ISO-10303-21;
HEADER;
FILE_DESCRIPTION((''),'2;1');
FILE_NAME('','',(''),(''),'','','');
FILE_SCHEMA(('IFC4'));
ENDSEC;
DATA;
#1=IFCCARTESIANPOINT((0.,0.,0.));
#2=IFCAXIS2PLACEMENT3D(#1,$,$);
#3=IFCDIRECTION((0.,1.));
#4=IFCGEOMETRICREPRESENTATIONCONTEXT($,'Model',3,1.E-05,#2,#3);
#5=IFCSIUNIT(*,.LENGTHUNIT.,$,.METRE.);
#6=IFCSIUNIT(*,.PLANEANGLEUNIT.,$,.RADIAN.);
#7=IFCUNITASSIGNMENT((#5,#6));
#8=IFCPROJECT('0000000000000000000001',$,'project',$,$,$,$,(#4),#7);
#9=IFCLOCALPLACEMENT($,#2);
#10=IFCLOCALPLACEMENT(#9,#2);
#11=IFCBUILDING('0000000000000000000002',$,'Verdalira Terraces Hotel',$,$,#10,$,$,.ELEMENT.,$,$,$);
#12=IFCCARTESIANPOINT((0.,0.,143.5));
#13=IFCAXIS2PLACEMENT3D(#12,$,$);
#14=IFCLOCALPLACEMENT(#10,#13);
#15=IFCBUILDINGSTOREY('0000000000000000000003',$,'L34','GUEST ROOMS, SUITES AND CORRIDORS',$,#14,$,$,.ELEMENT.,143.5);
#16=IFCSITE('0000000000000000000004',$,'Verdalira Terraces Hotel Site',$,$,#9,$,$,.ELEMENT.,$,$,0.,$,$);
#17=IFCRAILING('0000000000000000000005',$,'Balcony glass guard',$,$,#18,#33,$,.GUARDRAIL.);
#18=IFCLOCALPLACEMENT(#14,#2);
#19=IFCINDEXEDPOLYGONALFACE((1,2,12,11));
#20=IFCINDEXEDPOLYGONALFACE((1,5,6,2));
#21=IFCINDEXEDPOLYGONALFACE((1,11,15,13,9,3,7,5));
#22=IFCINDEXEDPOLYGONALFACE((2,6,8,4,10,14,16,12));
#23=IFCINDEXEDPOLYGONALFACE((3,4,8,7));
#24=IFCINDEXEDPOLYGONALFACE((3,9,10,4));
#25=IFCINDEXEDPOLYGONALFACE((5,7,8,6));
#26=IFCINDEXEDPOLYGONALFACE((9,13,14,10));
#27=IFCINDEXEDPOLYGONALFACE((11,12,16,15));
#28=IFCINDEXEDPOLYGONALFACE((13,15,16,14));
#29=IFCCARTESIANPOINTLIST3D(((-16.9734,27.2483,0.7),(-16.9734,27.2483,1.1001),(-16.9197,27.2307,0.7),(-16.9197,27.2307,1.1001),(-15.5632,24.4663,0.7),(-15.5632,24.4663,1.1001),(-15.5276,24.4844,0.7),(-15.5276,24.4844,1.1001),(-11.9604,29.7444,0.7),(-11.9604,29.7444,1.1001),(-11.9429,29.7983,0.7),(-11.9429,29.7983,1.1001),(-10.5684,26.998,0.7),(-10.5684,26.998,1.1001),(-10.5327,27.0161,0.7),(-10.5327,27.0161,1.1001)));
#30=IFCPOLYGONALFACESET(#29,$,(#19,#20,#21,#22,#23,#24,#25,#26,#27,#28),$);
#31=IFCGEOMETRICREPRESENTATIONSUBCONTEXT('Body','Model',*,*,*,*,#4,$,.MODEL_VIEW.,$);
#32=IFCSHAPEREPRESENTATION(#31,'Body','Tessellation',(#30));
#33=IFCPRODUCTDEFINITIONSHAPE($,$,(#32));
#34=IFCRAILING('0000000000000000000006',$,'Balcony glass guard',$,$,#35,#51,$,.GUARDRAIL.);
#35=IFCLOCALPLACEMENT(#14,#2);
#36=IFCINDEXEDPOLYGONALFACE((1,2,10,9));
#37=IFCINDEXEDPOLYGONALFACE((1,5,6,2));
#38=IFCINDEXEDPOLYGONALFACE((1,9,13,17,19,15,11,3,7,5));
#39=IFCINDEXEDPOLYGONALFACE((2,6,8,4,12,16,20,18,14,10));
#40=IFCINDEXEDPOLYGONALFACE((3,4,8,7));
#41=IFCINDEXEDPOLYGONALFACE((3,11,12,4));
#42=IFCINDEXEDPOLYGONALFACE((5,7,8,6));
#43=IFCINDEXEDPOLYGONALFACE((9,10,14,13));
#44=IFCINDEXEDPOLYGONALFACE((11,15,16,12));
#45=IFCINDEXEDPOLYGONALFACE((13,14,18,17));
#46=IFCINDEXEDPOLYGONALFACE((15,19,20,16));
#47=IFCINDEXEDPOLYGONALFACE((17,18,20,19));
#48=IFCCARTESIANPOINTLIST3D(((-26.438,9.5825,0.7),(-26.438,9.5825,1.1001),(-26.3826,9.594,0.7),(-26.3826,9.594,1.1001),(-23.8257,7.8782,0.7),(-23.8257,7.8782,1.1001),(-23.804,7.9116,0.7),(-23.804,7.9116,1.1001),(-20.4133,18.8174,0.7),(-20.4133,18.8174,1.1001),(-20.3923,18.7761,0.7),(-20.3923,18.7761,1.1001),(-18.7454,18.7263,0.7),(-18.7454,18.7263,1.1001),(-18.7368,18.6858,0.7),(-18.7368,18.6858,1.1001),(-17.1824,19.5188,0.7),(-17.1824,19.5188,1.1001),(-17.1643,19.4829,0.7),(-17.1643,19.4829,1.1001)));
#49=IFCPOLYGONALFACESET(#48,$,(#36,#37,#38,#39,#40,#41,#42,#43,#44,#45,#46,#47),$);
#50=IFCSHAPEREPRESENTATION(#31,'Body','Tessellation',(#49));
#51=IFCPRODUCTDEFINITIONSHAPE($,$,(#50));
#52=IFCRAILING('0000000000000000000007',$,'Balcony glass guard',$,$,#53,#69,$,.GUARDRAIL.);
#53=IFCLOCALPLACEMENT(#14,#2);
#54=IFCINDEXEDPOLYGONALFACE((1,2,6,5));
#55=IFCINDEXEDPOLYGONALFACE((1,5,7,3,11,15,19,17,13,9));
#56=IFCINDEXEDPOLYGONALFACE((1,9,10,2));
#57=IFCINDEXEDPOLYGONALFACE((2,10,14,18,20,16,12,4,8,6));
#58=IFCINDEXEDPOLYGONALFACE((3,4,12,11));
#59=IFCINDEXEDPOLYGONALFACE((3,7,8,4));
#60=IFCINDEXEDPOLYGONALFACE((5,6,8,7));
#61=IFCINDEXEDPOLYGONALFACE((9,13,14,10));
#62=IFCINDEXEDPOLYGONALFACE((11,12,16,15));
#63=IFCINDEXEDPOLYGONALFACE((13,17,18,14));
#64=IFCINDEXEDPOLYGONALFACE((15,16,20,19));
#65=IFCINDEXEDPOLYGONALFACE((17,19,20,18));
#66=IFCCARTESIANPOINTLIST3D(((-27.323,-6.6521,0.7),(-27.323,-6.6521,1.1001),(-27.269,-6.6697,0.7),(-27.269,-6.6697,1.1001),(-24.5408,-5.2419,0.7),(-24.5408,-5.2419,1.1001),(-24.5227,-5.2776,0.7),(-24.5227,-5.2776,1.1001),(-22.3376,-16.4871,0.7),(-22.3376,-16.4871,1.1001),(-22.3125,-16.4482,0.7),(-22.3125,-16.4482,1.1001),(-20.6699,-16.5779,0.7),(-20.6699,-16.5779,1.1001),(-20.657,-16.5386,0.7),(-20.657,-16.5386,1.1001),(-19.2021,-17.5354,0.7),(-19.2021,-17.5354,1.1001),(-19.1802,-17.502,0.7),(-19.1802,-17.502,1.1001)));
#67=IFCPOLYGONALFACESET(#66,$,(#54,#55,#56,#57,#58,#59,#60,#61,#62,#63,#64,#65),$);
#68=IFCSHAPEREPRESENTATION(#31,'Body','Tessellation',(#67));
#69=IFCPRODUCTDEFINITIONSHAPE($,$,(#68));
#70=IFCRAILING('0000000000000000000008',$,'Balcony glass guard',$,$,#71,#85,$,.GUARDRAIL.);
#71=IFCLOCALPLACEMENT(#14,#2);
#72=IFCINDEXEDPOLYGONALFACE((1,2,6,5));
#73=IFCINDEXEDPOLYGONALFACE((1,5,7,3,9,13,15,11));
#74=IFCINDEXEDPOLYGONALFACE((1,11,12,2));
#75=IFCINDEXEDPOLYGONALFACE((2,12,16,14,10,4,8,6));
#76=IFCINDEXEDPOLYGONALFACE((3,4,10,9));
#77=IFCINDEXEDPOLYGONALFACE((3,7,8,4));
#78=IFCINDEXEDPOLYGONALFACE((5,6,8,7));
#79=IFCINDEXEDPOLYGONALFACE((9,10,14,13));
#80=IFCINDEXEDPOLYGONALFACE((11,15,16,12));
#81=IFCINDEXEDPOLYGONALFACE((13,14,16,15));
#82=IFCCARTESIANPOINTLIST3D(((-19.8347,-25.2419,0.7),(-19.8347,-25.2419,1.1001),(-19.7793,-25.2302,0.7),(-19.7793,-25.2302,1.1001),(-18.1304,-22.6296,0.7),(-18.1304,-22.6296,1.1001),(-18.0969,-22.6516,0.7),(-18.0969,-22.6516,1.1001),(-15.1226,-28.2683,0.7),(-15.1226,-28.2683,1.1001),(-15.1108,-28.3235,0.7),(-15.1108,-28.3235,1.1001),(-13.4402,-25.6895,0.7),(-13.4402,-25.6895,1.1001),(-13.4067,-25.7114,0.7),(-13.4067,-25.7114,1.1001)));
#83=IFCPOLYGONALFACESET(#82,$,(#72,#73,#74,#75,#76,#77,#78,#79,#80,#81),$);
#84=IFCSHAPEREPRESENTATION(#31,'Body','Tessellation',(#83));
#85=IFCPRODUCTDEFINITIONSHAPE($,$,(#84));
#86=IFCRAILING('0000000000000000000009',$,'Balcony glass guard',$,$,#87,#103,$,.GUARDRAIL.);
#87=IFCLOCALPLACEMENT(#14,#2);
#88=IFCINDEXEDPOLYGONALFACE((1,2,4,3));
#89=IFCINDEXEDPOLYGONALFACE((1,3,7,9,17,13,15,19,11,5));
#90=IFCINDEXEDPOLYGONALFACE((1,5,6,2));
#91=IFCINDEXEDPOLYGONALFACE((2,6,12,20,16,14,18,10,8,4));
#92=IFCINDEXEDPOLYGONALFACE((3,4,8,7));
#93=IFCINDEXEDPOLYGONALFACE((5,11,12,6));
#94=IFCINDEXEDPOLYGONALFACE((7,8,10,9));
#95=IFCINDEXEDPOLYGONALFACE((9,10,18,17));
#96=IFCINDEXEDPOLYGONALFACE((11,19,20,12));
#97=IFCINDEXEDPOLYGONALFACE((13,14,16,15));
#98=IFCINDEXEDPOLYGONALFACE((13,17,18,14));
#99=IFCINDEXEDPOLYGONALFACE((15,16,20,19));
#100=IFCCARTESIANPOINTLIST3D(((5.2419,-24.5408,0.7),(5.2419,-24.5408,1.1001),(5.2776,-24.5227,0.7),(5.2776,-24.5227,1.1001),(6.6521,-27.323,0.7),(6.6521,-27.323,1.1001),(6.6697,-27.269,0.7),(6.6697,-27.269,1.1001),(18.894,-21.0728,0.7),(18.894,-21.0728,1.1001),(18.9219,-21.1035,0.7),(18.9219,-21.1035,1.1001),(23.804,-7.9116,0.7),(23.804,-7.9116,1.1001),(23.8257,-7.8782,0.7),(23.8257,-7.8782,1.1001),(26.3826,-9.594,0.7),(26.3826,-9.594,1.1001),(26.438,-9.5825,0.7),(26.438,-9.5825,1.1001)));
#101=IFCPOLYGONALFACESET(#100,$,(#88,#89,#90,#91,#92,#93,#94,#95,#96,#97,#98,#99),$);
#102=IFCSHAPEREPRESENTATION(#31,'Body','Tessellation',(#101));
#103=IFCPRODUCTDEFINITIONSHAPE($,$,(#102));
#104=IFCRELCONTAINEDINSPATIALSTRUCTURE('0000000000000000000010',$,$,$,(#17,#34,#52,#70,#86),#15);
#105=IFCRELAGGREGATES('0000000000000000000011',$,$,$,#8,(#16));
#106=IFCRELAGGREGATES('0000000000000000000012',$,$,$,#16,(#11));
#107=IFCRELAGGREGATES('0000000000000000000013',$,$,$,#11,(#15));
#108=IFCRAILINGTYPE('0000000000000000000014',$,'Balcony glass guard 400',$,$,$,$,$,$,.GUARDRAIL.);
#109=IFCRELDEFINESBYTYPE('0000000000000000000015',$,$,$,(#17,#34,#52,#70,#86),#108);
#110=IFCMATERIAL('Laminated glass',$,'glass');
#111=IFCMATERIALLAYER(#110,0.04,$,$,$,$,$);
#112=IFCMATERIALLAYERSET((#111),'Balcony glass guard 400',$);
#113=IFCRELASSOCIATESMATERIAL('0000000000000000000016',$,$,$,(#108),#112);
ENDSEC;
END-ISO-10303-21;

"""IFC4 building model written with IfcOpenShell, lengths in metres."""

from ifc_helpers import new_model, si_unit, direction, frame, origin, place, context, subcontext, project, spatial, polyline, outline, extrude, material, layer, layer_set, type_object, element, save


model = new_model("IFC4")

# Units and contexts
model_context = context("Model", 3, precision=1e-05, world=origin(), true_north=direction((0.0, 1.0)))
body_context = subcontext(model_context, "Body", "Model", "MODEL_VIEW")
ifc_project = project(units=[si_unit("LENGTHUNIT", "METRE"), si_unit("PLANEANGLEUNIT", "RADIAN")], contexts=[model_context])

# Site, building, storey
site_placement = place(None, origin())
site = spatial("IfcSite", under=ifc_project, at=site_placement, Name="Verdalira Terraces Hotel Site", CompositionType="ELEMENT", RefElevation=0.0)
building_placement = place(site_placement, origin())
building = spatial("IfcBuilding", under=site, at=building_placement, Name="Verdalira Terraces Hotel", CompositionType="ELEMENT")
storey_placement = place(building_placement, frame((0.0, 0.0, 143.5)))
storey = spatial("IfcBuildingStorey", under=building, at=storey_placement, Name="L34", Description="GUEST ROOMS, SUITES AND CORRIDORS", CompositionType="ELEMENT", Elevation=143.5)

# Railings
ifc_material_1 = material(Name="Laminated glass", Category="glass")
ifc_layer_1 = layer(ifc_material_1, 0.04)
ifc_layer_set_1 = layer_set([ifc_layer_1], Name="Balcony glass guard 400")
railing_type = type_object("IfcRailingType", Name="Balcony glass guard 400", PredefinedType="GUARDRAIL", material=ifc_layer_set_1)
railing_1_placement = place(storey_placement, frame((0.0, 0.0, 0.7)))
element("IfcRailing", 1, at=railing_1_placement, inside=storey, type_object=railing_type, Name="Balcony glass guard", PredefinedType="GUARDRAIL", context=body_context, shape_type="SweptSolid", body=[
    extrude(outline(polyline([(-11.9604, 29.7444), (-16.9197, 27.2307), (-15.5276, 24.4844), (-15.5632, 24.4663), (-16.9734, 27.2483), (-11.9429, 29.7983), (-10.5327, 27.0161), (-10.5684, 26.998), (-11.9604, 29.7444)])), origin(), (0.0, 0.0, 1.0), 0.4001),
])
railing_2_placement = place(storey_placement, frame((0.0, 0.0, 0.7)))
element("IfcRailing", 2, at=railing_2_placement, inside=storey, type_object=railing_type, Name="Balcony glass guard", PredefinedType="GUARDRAIL", context=body_context, shape_type="SweptSolid", body=[
    extrude(outline(polyline([(-18.7368, 18.6858), (-20.3923, 18.7761), (-26.3826, 9.594), (-23.804, 7.9116), (-23.8257, 7.8782), (-26.438, 9.5825), (-20.4133, 18.8174), (-18.7454, 18.7263), (-17.1824, 19.5188), (-17.1643, 19.4829), (-18.7368, 18.6858)])), origin(), (0.0, 0.0, 1.0), 0.4001),
])
railing_3_placement = place(storey_placement, frame((0.0, 0.0, 0.7)))
element("IfcRailing", 3, at=railing_3_placement, inside=storey, type_object=railing_type, Name="Balcony glass guard", PredefinedType="GUARDRAIL", context=body_context, shape_type="SweptSolid", body=[
    extrude(outline(polyline([(-27.269, -6.6697), (-22.3125, -16.4482), (-20.657, -16.5386), (-19.1802, -17.502), (-19.2021, -17.5354), (-20.6699, -16.5779), (-22.3376, -16.4871), (-27.323, -6.6521), (-24.5408, -5.2419), (-24.5227, -5.2776), (-27.269, -6.6697)])), origin(), (0.0, 0.0, 1.0), 0.4001),
])
railing_4_placement = place(storey_placement, frame((0.0, 0.0, 0.7)))
element("IfcRailing", 4, at=railing_4_placement, inside=storey, type_object=railing_type, Name="Balcony glass guard", PredefinedType="GUARDRAIL", context=body_context, shape_type="SweptSolid", body=[
    extrude(outline(polyline([(-19.7793, -25.2302), (-15.1226, -28.2683), (-13.4402, -25.6895), (-13.4067, -25.7114), (-15.1108, -28.3235), (-19.8347, -25.2419), (-18.1304, -22.6296), (-18.0969, -22.6516), (-19.7793, -25.2302)])), origin(), (0.0, 0.0, 1.0), 0.4001),
])
railing_5_placement = place(storey_placement, frame((0.0, 0.0, 0.7)))
element("IfcRailing", 5, at=railing_5_placement, inside=storey, type_object=railing_type, Name="Balcony glass guard", PredefinedType="GUARDRAIL", context=body_context, shape_type="SweptSolid", body=[
    extrude(outline(polyline([(6.6697, -27.269), (18.894, -21.0728), (26.3826, -9.594), (23.804, -7.9116), (23.8257, -7.8782), (26.438, -9.5825), (18.9219, -21.1035), (6.6521, -27.323), (5.2419, -24.5408), (5.2776, -24.5227), (6.6697, -27.269)])), origin(), (0.0, 0.0, 1.0), 0.4001),
])

save(model, "model.ifc")
